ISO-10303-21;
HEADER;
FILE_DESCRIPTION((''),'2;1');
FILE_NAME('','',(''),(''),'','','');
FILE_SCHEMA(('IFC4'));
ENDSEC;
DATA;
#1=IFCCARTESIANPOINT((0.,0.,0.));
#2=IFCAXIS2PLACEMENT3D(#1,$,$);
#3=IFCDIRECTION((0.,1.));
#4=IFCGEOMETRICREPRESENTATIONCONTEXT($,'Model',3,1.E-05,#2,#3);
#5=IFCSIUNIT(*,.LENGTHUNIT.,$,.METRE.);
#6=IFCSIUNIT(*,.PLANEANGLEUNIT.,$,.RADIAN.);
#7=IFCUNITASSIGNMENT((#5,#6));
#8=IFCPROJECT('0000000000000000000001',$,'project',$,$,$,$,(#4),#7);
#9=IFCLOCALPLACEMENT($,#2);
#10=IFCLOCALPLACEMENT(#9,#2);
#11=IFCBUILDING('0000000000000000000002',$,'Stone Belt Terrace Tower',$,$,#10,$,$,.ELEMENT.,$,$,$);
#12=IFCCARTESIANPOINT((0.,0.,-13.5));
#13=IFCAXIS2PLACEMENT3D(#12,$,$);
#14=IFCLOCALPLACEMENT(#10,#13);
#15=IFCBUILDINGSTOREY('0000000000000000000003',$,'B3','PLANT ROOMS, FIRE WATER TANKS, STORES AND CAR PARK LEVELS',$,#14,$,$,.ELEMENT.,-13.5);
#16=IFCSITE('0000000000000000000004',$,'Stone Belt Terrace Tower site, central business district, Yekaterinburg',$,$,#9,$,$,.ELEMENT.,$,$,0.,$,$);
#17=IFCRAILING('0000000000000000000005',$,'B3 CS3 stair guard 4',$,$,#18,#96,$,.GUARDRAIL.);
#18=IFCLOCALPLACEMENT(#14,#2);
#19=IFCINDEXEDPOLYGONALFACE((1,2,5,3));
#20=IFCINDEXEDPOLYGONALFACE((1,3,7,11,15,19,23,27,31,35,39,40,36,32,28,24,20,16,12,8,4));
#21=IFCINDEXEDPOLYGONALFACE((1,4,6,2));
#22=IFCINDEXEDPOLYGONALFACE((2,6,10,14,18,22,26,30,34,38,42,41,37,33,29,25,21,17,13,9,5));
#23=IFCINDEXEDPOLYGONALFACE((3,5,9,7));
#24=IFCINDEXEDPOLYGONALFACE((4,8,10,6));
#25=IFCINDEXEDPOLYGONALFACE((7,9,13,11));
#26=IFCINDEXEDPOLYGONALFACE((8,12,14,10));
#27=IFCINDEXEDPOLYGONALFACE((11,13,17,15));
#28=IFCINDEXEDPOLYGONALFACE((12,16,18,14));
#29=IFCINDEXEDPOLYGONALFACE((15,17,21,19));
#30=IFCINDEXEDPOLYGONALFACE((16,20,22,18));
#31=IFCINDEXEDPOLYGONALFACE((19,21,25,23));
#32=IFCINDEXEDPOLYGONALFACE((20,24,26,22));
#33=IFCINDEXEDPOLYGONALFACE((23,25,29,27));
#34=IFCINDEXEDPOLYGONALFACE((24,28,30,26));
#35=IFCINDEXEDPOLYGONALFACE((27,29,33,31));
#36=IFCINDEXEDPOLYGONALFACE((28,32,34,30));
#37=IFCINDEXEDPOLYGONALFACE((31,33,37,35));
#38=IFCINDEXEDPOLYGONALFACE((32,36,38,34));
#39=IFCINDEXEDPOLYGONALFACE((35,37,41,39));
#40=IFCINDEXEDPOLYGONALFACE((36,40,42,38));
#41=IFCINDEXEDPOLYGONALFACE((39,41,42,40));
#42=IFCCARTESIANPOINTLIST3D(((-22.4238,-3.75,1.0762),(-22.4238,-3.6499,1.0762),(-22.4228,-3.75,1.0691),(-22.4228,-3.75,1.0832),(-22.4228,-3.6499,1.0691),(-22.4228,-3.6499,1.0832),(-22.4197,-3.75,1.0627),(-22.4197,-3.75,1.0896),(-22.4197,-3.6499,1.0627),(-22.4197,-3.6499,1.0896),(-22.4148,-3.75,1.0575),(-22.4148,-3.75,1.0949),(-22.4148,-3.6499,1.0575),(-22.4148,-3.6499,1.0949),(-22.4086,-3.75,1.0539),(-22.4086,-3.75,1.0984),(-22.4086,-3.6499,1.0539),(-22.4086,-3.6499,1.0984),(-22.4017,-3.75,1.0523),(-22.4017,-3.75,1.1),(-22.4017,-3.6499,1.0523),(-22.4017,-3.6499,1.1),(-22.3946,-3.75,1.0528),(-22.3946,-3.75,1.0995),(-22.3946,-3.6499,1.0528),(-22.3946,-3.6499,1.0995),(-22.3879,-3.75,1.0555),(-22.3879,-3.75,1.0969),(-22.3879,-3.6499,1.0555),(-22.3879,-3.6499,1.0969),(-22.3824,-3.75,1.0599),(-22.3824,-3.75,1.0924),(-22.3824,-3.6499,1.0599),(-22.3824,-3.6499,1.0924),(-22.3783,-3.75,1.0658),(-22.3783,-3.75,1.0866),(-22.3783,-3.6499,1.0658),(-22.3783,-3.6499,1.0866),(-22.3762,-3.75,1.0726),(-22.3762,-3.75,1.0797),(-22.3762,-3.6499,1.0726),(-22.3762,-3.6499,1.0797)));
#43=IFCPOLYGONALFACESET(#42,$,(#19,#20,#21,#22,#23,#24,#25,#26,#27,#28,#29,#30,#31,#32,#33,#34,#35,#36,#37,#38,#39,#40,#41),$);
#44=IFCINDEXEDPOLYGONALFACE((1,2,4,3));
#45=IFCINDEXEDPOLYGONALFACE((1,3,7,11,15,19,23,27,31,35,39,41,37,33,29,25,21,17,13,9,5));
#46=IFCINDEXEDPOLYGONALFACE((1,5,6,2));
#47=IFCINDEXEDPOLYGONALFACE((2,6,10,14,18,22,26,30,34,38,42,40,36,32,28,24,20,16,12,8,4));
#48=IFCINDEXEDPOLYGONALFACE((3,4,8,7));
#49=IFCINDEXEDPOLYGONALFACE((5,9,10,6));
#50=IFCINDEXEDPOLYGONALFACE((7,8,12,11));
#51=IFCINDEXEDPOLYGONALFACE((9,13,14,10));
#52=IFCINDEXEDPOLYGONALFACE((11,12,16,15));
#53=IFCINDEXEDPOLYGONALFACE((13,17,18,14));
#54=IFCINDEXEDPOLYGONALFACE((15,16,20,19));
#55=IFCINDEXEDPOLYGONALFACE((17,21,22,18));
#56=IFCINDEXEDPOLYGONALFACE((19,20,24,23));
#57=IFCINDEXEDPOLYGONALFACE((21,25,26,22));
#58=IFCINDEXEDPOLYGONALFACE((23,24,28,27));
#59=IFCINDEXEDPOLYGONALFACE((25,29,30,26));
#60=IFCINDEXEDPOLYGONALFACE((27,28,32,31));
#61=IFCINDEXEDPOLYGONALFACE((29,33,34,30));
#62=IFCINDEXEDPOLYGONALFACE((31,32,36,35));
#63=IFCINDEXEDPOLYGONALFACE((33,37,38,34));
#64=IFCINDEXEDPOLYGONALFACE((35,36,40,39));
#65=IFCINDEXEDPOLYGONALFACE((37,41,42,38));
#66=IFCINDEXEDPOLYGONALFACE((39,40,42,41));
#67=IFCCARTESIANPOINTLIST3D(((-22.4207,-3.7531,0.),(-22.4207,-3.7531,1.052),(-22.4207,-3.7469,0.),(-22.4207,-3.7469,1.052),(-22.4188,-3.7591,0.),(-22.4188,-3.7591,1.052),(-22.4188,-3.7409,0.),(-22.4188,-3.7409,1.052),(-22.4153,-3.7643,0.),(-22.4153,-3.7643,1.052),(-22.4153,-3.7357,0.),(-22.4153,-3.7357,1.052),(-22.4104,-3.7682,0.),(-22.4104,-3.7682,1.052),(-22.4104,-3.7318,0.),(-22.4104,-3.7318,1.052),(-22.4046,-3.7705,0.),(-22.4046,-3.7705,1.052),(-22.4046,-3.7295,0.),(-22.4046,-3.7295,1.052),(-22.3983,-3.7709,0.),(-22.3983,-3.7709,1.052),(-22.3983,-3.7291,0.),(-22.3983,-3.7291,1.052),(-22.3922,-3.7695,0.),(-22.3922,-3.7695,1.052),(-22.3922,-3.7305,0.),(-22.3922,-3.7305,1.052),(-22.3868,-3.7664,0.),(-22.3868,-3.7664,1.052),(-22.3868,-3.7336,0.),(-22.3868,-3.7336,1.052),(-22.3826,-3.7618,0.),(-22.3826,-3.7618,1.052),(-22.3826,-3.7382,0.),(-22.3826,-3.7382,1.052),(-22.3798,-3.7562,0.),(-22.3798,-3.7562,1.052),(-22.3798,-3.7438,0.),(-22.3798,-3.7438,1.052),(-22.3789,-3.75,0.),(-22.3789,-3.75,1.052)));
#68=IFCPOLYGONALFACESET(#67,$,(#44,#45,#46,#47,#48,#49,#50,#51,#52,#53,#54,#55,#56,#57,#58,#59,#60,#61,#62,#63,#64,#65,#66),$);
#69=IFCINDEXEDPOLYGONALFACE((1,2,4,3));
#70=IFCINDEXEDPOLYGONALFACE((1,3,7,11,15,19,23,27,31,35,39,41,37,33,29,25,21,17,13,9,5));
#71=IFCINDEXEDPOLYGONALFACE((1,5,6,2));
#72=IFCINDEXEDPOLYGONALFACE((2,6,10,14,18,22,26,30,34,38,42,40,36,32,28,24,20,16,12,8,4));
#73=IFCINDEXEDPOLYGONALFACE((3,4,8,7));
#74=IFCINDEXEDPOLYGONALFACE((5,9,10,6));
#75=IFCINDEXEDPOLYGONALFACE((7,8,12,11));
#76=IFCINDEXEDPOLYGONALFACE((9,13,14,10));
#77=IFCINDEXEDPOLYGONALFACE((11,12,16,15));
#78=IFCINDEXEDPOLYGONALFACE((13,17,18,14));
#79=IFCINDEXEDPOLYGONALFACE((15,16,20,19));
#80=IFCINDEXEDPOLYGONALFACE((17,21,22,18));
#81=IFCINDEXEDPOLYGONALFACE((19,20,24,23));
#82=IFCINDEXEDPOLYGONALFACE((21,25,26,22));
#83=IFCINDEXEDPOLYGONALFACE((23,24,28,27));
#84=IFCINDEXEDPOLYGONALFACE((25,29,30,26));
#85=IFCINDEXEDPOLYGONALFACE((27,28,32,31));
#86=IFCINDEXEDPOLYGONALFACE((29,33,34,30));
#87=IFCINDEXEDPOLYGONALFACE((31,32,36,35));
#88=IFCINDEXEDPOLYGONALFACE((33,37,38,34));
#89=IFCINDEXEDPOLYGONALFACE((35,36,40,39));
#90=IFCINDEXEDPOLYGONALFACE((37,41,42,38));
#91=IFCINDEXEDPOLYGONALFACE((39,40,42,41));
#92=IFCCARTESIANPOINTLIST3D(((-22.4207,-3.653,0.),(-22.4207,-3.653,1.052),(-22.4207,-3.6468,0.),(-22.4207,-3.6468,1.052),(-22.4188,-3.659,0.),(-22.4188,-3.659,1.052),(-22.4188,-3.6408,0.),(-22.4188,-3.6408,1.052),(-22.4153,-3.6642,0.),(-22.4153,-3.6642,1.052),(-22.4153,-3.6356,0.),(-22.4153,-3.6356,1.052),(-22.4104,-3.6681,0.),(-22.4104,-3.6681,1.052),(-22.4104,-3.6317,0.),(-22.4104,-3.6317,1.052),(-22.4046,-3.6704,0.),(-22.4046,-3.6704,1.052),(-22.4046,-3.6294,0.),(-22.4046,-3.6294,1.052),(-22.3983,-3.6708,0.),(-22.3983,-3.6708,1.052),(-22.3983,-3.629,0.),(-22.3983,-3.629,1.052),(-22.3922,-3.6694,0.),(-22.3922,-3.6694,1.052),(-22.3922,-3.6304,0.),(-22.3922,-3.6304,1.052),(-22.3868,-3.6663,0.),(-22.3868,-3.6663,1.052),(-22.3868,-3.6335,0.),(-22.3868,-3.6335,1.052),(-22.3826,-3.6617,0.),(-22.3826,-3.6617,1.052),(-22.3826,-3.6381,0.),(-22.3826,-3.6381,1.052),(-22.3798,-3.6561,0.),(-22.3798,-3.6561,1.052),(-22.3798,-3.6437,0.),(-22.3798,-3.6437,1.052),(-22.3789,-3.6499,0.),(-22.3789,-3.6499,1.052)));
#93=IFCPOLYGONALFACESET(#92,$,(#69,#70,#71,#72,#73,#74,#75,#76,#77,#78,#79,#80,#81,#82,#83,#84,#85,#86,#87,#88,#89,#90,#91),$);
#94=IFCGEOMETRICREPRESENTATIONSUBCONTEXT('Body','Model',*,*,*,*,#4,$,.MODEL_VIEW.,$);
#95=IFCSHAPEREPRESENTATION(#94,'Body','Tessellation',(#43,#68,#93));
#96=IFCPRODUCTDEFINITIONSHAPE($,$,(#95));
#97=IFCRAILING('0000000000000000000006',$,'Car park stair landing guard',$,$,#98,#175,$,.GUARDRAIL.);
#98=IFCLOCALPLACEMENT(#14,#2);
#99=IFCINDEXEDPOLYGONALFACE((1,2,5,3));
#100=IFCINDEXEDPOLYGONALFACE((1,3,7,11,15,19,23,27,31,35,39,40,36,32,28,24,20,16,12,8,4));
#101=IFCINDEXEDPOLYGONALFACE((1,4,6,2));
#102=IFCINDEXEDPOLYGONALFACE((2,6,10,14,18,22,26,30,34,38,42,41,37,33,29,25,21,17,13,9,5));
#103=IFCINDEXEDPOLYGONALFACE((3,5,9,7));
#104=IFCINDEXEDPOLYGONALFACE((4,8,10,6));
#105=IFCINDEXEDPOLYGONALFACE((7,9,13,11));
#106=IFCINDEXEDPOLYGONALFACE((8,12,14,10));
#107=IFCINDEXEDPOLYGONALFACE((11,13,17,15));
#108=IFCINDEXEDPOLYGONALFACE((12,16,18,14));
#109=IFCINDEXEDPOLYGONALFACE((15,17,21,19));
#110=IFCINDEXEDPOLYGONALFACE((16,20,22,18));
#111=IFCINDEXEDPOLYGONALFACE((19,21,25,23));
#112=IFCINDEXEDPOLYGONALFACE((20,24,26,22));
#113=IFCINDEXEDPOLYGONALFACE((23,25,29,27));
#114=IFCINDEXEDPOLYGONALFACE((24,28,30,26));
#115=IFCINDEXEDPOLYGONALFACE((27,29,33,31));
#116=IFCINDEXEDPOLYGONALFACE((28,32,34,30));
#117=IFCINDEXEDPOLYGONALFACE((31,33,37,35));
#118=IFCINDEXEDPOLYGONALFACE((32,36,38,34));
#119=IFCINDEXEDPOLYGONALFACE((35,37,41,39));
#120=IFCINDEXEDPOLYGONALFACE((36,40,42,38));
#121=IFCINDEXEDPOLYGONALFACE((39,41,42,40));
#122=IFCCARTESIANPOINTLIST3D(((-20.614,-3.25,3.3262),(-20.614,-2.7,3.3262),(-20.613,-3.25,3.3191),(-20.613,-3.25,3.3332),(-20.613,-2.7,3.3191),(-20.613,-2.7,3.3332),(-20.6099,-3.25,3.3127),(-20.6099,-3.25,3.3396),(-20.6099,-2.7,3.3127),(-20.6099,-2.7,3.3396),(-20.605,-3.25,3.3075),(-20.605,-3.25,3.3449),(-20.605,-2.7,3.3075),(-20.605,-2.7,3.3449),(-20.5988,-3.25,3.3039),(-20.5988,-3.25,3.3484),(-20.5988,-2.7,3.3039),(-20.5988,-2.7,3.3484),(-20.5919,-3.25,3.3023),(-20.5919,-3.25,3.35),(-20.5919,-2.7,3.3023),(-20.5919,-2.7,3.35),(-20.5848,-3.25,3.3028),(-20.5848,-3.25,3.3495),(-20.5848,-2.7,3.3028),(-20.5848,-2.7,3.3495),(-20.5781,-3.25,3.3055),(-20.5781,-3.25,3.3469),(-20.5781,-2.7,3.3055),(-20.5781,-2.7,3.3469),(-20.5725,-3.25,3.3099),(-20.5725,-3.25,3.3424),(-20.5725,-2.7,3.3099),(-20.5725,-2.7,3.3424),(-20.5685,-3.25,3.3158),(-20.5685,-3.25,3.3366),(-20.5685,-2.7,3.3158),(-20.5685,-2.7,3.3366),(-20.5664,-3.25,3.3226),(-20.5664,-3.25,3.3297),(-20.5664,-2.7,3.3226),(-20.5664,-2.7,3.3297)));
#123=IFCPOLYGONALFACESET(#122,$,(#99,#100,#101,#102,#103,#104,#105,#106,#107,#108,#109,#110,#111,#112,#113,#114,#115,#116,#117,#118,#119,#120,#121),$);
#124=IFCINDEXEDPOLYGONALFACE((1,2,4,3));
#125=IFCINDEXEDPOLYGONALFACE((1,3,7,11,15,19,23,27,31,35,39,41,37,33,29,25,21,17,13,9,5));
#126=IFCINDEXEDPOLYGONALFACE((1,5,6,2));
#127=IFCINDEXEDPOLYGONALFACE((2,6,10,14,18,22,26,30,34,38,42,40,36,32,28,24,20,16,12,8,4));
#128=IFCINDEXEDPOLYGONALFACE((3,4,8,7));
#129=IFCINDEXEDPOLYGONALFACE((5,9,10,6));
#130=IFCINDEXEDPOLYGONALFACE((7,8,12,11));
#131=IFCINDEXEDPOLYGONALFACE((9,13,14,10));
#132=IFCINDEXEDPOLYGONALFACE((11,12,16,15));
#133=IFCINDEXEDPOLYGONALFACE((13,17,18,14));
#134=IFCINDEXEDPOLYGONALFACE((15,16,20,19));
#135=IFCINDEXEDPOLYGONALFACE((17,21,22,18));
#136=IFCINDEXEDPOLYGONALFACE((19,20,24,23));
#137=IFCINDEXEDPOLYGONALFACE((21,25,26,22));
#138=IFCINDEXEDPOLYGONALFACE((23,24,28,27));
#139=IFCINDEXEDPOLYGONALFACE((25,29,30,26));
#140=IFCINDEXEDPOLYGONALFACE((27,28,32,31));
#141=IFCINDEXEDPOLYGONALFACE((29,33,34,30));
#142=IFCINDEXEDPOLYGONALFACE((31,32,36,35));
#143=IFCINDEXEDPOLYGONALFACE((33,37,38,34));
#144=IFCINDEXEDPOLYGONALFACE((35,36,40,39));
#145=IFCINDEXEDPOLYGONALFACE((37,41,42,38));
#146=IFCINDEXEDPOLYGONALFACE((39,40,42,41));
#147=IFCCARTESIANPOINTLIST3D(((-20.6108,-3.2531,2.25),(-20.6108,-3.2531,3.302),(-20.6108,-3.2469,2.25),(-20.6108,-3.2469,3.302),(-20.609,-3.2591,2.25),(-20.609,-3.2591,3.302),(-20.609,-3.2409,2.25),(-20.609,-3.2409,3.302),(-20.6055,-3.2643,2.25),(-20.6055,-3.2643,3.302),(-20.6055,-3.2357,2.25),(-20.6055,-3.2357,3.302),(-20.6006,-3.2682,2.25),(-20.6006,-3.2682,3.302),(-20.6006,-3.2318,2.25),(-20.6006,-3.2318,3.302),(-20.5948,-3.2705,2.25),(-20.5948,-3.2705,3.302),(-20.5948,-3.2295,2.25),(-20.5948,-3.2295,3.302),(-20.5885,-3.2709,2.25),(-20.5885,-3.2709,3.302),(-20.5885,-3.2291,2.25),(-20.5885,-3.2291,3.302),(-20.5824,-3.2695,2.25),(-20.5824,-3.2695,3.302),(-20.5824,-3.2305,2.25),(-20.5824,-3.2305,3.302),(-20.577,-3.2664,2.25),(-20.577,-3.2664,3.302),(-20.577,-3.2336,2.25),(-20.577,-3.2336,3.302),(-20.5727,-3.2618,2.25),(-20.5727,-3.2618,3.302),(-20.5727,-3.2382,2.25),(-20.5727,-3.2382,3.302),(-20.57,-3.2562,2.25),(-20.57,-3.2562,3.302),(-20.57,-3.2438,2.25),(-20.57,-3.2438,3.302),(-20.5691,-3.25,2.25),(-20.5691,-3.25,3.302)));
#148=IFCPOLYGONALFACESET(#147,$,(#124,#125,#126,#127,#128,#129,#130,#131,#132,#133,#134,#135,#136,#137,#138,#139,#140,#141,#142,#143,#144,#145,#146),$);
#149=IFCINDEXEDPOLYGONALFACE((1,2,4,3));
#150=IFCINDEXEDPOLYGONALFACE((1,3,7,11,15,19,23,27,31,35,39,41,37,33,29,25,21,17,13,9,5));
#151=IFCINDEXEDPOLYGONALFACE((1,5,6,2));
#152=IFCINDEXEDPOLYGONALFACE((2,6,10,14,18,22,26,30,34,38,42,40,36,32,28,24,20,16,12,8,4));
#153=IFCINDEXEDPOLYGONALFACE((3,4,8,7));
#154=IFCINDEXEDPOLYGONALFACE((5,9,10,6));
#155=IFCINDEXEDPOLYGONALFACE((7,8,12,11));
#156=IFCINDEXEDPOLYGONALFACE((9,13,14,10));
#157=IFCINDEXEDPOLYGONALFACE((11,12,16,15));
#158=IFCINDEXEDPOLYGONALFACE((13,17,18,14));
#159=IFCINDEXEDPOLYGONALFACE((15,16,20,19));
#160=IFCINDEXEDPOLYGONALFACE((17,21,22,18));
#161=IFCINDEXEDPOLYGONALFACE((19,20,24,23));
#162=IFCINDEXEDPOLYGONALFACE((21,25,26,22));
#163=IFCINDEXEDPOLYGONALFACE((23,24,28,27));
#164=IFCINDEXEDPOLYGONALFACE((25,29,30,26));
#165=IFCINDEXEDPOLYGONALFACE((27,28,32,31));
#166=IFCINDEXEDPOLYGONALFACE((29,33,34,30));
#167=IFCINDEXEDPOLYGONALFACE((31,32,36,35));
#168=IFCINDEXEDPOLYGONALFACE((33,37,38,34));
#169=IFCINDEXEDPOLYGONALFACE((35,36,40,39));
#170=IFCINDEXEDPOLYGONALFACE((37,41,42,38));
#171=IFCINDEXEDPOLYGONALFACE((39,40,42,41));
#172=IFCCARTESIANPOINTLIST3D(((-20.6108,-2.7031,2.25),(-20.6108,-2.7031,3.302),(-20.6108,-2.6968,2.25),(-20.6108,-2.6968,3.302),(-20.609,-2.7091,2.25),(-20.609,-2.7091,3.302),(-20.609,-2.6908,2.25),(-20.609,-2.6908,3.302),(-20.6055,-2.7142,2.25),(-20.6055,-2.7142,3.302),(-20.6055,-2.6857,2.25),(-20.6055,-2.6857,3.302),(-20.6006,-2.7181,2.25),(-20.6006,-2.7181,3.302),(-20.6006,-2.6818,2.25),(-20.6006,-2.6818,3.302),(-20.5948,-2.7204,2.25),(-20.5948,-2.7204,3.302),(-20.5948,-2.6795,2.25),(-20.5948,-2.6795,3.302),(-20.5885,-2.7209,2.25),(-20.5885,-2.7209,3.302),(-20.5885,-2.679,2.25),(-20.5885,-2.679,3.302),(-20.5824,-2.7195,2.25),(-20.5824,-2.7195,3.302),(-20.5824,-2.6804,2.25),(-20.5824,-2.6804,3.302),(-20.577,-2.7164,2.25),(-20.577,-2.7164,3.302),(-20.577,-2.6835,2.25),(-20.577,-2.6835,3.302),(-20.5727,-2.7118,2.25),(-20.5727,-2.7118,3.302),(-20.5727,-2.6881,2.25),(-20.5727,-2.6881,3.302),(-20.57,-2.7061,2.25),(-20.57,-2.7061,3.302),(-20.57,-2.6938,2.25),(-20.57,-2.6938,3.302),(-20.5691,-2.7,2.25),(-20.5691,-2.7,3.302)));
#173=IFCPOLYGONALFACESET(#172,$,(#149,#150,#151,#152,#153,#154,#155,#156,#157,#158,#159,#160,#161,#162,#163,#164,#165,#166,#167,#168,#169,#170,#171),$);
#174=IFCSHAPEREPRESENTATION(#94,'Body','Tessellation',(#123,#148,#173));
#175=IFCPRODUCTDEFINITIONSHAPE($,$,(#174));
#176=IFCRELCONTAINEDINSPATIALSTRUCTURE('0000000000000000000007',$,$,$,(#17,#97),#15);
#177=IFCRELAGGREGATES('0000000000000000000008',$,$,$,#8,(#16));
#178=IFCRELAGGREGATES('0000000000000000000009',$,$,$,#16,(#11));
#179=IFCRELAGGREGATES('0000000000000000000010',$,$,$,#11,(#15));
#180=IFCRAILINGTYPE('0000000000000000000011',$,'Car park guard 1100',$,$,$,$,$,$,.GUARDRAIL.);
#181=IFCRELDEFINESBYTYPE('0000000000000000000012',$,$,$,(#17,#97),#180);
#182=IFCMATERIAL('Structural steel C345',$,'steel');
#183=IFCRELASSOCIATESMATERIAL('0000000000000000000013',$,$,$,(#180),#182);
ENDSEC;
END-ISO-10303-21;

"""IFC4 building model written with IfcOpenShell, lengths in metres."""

from ifc_helpers import new_model, si_unit, direction, frame, origin, origin_2d, place, context, subcontext, project, spatial, circle, extrude, material, type_object, element, save


model = new_model("IFC4")

# Units and contexts
model_context = context("Model", 3, precision=1e-05, world=origin(), true_north=direction((0.0, 1.0)))
body_context = subcontext(model_context, "Body", "Model", "MODEL_VIEW")
ifc_project = project(units=[si_unit("LENGTHUNIT", "METRE"), si_unit("PLANEANGLEUNIT", "RADIAN")], contexts=[model_context])

# Site, building, storey
site_placement = place(None, origin())
site = spatial("IfcSite", under=ifc_project, at=site_placement, Name="Stone Belt Terrace Tower site, central business district, Yekaterinburg", CompositionType="ELEMENT", RefElevation=0.0)
building_placement = place(site_placement, origin())
building = spatial("IfcBuilding", under=site, at=building_placement, Name="Stone Belt Terrace Tower", CompositionType="ELEMENT")
storey_placement = place(building_placement, frame((0.0, 0.0, -13.5)))
storey = spatial("IfcBuildingStorey", under=building, at=storey_placement, Name="B3", Description="PLANT ROOMS, FIRE WATER TANKS, STORES AND CAR PARK LEVELS", CompositionType="ELEMENT", Elevation=-13.5)

# Railings
ifc_material_1 = material(Name="Structural steel C345", Category="steel")
railing_type_1 = type_object("IfcRailingType", Name="Car park guard 1100", PredefinedType="GUARDRAIL", material=ifc_material_1)
railing_1_placement = place(storey_placement, frame((-22.3999, -3.75, 0.0)))
element("IfcRailing", 1, at=railing_1_placement, inside=storey, type_object=railing_type_1, Name="B3 CS3 stair guard 4", PredefinedType="GUARDRAIL", context=body_context, shape_type="SweptSolid", body=[
    extrude(circle(Radius=0.0239, at=origin_2d()), frame((0.0, 0.0, 1.0762), z_axis=(0.0, 1.0, 0.0), x_axis=(-1.0, 0.0, 0.0)), (0.0, 0.0, 1.0), 0.1001),
    extrude(circle(Radius=0.021, at=origin_2d()), origin(), (0.0, 0.0, 1.0), 1.052),
    extrude(circle(Radius=0.021, at=origin_2d()), frame((0.0, 0.1001, 0.0)), (0.0, 0.0, 1.0), 1.052),
])
railing_2_placement = place(storey_placement, frame((-20.5901, -3.25, 2.25)))
element("IfcRailing", 2, at=railing_2_placement, inside=storey, type_object=railing_type_1, Name="Car park stair landing guard", PredefinedType="GUARDRAIL", context=body_context, shape_type="SweptSolid", body=[
    extrude(circle(Radius=0.0239, at=origin_2d()), frame((0.0, 0.0, 1.0762), z_axis=(0.0, 1.0, 0.0), x_axis=(-1.0, 0.0, 0.0)), (0.0, 0.0, 1.0), 0.55),
    extrude(circle(Radius=0.021, at=origin_2d()), origin(), (0.0, 0.0, 1.0), 1.052),
    extrude(circle(Radius=0.021, at=origin_2d()), frame((0.0, 0.55, 0.0)), (0.0, 0.0, 1.0), 1.052),
])

save(model, "model.ifc")
